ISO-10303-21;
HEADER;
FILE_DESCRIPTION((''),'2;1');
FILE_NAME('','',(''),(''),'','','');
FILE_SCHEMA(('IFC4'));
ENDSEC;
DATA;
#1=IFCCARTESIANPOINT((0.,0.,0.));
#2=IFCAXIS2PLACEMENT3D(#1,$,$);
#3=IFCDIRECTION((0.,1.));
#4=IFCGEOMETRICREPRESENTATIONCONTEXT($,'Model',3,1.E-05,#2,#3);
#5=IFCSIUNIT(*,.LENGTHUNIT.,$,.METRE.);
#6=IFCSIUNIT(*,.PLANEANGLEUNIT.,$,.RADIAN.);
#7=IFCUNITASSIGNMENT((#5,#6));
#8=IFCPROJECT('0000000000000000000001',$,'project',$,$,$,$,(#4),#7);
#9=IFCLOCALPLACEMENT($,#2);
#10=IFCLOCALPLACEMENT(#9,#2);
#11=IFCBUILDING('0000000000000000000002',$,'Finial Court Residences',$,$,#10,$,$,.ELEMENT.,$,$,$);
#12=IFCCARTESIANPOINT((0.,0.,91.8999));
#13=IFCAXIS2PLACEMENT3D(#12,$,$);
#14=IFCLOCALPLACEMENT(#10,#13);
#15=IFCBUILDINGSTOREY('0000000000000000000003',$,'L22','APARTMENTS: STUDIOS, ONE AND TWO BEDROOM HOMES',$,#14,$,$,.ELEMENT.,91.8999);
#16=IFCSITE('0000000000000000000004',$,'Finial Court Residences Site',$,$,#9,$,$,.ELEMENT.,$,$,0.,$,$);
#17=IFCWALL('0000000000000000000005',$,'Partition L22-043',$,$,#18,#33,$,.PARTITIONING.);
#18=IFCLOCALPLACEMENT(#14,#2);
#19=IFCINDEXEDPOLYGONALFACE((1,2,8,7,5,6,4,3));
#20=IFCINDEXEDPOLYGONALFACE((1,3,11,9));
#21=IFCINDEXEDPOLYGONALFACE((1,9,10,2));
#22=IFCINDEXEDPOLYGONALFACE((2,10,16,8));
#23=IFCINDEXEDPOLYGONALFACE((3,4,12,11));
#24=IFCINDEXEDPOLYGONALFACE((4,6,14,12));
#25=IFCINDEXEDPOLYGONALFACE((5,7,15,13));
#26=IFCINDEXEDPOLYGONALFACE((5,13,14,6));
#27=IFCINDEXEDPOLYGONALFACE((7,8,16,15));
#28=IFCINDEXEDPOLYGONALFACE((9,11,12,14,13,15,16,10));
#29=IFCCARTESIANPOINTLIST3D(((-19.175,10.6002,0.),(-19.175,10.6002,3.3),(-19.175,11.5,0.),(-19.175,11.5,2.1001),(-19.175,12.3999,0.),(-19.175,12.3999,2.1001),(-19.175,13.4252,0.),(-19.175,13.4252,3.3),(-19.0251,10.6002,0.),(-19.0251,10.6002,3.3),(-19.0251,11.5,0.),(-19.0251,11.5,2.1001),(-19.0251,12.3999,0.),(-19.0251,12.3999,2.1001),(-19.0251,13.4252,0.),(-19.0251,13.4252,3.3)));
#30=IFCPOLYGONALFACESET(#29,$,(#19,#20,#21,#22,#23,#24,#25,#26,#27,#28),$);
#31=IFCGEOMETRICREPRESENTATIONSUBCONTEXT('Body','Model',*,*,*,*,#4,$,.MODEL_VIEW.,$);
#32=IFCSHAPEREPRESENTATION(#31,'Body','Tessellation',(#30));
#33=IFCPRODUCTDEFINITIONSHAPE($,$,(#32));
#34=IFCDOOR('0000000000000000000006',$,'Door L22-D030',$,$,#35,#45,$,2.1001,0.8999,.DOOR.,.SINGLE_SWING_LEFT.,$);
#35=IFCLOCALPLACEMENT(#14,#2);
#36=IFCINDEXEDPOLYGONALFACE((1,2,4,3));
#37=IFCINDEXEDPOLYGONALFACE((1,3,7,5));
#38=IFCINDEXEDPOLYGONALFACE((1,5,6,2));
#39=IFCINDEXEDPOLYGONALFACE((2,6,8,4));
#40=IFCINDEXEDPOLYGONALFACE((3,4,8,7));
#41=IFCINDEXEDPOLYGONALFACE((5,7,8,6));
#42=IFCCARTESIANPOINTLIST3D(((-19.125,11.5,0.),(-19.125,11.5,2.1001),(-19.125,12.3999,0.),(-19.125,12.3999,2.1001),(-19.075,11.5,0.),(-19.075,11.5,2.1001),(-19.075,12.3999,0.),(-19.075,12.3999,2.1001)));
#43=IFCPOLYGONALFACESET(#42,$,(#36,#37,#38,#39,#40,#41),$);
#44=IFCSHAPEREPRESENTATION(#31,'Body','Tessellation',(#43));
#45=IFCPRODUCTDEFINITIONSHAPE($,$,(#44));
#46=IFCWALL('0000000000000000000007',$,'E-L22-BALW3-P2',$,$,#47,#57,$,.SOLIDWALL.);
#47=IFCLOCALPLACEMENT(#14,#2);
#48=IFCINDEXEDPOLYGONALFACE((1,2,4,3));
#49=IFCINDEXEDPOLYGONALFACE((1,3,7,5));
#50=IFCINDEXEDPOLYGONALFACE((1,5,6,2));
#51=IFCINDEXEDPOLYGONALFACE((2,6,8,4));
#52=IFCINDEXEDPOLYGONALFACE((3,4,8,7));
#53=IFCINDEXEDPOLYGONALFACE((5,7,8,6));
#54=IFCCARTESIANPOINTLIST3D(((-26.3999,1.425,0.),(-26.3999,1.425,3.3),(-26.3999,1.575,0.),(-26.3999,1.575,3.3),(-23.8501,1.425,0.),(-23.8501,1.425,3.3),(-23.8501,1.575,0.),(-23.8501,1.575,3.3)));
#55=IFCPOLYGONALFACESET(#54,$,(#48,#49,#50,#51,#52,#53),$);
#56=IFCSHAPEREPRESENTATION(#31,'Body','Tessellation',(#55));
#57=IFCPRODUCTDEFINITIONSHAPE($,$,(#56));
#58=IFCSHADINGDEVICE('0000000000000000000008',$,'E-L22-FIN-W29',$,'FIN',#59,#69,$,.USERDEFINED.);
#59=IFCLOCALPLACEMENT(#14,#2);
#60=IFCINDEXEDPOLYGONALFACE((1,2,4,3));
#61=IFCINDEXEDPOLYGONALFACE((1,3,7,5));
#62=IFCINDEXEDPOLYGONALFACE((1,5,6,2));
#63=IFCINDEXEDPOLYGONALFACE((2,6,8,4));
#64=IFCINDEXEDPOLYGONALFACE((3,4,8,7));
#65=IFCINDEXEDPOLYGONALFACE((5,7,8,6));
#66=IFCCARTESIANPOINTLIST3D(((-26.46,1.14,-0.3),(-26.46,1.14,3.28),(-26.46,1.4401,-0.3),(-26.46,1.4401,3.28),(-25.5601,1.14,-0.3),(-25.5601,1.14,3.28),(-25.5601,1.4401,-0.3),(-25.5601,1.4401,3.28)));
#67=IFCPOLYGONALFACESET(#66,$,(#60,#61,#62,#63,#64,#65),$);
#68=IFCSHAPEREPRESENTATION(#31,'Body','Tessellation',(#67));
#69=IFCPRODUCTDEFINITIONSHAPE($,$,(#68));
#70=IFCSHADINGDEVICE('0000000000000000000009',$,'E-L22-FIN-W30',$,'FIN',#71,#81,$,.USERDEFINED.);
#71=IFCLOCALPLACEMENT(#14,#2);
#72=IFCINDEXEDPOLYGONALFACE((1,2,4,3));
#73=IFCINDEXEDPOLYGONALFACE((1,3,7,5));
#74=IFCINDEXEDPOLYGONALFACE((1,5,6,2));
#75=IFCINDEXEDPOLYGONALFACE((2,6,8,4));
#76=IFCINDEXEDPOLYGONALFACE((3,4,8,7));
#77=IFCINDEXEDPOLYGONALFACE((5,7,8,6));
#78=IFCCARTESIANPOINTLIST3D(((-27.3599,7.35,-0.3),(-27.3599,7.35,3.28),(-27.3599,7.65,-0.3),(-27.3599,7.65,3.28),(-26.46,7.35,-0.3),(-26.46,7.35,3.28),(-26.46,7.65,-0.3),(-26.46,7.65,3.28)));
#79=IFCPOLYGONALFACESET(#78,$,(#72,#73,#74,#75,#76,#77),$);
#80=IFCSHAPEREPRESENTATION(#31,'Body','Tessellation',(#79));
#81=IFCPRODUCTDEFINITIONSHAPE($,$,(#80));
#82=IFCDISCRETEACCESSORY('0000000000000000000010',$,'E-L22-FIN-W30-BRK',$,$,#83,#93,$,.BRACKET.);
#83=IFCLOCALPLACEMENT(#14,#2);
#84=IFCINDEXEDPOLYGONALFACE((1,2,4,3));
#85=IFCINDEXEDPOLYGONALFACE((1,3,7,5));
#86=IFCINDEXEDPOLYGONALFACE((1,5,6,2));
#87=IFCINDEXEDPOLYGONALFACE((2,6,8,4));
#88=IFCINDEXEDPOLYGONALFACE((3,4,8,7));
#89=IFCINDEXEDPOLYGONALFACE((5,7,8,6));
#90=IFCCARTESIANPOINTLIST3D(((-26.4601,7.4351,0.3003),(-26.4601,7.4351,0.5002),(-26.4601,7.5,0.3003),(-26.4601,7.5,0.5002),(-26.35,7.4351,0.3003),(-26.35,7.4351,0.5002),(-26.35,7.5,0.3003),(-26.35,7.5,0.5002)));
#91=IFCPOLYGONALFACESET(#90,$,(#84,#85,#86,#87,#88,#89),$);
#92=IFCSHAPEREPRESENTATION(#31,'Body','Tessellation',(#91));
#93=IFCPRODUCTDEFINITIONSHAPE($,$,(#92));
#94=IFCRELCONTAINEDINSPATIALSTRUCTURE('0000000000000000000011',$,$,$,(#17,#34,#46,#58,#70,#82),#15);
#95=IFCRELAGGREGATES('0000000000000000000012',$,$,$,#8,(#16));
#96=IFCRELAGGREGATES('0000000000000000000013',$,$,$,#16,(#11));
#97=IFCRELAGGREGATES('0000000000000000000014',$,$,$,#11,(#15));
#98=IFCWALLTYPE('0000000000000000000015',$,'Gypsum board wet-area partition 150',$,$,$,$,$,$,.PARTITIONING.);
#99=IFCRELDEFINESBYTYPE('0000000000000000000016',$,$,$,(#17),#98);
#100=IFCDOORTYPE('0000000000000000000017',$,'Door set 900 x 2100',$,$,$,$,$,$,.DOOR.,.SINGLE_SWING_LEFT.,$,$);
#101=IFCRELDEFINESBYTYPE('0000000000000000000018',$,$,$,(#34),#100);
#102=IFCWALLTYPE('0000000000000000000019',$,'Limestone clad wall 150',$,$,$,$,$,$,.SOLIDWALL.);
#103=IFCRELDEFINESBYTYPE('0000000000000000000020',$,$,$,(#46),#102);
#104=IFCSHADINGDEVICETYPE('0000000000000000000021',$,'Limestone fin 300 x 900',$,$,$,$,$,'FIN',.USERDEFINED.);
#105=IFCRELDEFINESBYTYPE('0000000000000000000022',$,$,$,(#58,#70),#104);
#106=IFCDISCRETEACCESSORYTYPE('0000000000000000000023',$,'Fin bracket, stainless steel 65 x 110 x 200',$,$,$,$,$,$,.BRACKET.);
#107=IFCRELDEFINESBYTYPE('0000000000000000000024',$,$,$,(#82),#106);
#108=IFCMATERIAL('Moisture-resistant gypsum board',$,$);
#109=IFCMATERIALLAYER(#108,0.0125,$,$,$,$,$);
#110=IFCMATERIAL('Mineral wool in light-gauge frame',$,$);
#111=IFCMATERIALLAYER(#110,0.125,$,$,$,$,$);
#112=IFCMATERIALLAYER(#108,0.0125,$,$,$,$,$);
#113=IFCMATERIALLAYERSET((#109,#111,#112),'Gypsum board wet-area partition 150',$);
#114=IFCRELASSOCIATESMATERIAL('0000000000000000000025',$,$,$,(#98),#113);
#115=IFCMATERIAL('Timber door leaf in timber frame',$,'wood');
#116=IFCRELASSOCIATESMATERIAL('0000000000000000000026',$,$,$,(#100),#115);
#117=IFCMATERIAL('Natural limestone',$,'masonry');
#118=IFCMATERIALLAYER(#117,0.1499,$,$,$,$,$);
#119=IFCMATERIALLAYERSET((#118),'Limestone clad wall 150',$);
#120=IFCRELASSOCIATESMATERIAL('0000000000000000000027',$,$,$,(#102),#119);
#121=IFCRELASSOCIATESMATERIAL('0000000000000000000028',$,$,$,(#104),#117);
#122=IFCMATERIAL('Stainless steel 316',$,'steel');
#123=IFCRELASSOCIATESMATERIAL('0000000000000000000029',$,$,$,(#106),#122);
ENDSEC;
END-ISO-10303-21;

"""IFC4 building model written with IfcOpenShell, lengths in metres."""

from ifc_helpers import new_model, si_unit, direction, frame, frame_2d, origin, origin_2d, place, context, subcontext, project, spatial, rectangle, extrude, material, layer, layer_set, type_object, element, fill, save


model = new_model("IFC4")

# Units and contexts
model_context = context("Model", 3, precision=1e-05, world=origin(), true_north=direction((0.0, 1.0)))
body_context = subcontext(model_context, "Body", "Model", "MODEL_VIEW")
ifc_project = project(units=[si_unit("LENGTHUNIT", "METRE"), si_unit("PLANEANGLEUNIT", "RADIAN")], contexts=[model_context])

# Site, building, storey
site_placement = place(None, origin())
site = spatial("IfcSite", under=ifc_project, at=site_placement, Name="Finial Court Residences Site", CompositionType="ELEMENT", RefElevation=0.0)
building_placement = place(site_placement, origin())
building = spatial("IfcBuilding", under=site, at=building_placement, Name="Finial Court Residences", CompositionType="ELEMENT")
storey_placement = place(building_placement, frame((0.0, 0.0, 91.8999)))
storey = spatial("IfcBuildingStorey", under=building, at=storey_placement, Name="L22", Description="APARTMENTS: STUDIOS, ONE AND TWO BEDROOM HOMES", CompositionType="ELEMENT", Elevation=91.8999)

# Shared definitions
ifc_material_1 = material(Name="Mineral wool in light-gauge frame")

# Shared definitions
ifc_material_2 = material(Name="Moisture-resistant gypsum board")
ifc_layer_1 = layer(ifc_material_2, 0.0125)
ifc_layer_2 = layer(ifc_material_1, 0.125)
ifc_layer_3 = layer(ifc_material_2, 0.0125)
ifc_layer_set_1 = layer_set([ifc_layer_1, ifc_layer_2, ifc_layer_3], Name="Gypsum board wet-area partition 150")
wall_type_1 = type_object("IfcWallType", Name="Gypsum board wet-area partition 150", PredefinedType="PARTITIONING", material=ifc_layer_set_1)
ifc_material_3 = material(Name="Timber door leaf in timber frame", Category="wood")
door_type_1 = type_object("IfcDoorType", Name="Door set 900 x 2100", OperationType="SINGLE_SWING_LEFT", PredefinedType="DOOR", material=ifc_material_3)

# Wall, opening, door
wall_1_placement = place(storey_placement, frame((-19.1001, 10.6001, 0.0), z_axis=(0.0, 0.0, 1.0), x_axis=(0.0, 1.0, 0.0)))
wall_1 = element("IfcWall", 1, at=wall_1_placement, inside=storey, type_object=wall_type_1, Name="Partition L22-043", PredefinedType="PARTITIONING", context=body_context, shape_type="SweptSolid", body=[
    extrude(rectangle(XDim=2.825, YDim=0.1499, at=frame_2d((1.4126, 0.0))), origin(), (0.0, 0.0, 1.0), 3.3),
])
opening_1_placement = place(wall_1_placement, frame((0.8999, 0.0, 0.0)))
opening_1 = element("IfcOpeningElement", 2, at=opening_1_placement, cuts=wall_1, PredefinedType="OPENING", context=body_context, shape_type="SweptSolid", body=[
    extrude(rectangle(XDim=0.8999, YDim=2.1001, at=frame_2d((0.45, 1.05))), frame((0.0, 0.085, 0.0), z_axis=(0.0, -1.0, 0.0), x_axis=(1.0, 0.0, 0.0)), (0.0, 0.0, 1.0), 0.1699),
])
door_1_placement = place(opening_1_placement, origin())
door_1 = element("IfcDoor", 3, at=door_1_placement, inside=storey, type_object=door_type_1, Name="Door L22-D030", OperationType="SINGLE_SWING_LEFT", OverallHeight=2.1001, OverallWidth=0.8999, PredefinedType="DOOR", context=body_context, shape_type="SweptSolid", body=[
    extrude(rectangle(XDim=0.8999, YDim=2.1001, at=frame_2d((0.45, 1.05))), frame((0.0, 0.0249, 0.0), z_axis=(0.0, -1.0, 0.0), x_axis=(1.0, 0.0, 0.0)), (0.0, 0.0, 1.0), 0.05),
])
fill(opening_1, door_1)

# Wall
ifc_material_4 = material(Name="Natural limestone", Category="masonry")
ifc_layer_4 = layer(ifc_material_4, 0.1499)
ifc_layer_set_2 = layer_set([ifc_layer_4], Name="Limestone clad wall 150")
wall_type_2 = type_object("IfcWallType", Name="Limestone clad wall 150", PredefinedType="SOLIDWALL", material=ifc_layer_set_2)
wall_2_placement = place(storey_placement, frame((-23.8501, 1.5, 0.0), z_axis=(0.0, 0.0, 1.0), x_axis=(-1.0, 0.0, 0.0)))
element("IfcWall", 4, at=wall_2_placement, inside=storey, type_object=wall_type_2, Name="E-L22-BALW3-P2", PredefinedType="SOLIDWALL", context=body_context, shape_type="SweptSolid", body=[
    extrude(rectangle(XDim=2.5498, YDim=0.1499, at=frame_2d((1.2749, 0.0))), origin(), (0.0, 0.0, 1.0), 3.3),
])

# Shading devices
shading_device_type = type_object("IfcShadingDeviceType", Name="Limestone fin 300 x 900", ElementType="FIN", PredefinedType="USERDEFINED", material=ifc_material_4)
for number, where, z_axis, x_axis, name in (
    (5, (-26.01, 1.29, -0.3), (0.0, 0.0, 1.0), (1.0, 0.0, 0.0), "E-L22-FIN-W29"),
    (6, (-26.9099, 7.5, -0.3), (0.0, 0.0, 1.0), (1.0, 0.0, 0.0), "E-L22-FIN-W30"),
):
    element("IfcShadingDevice", number, at=place(storey_placement, frame(where, z_axis=z_axis, x_axis=x_axis)), inside=storey, type_object=shading_device_type, Name=name, ObjectType="FIN", PredefinedType="USERDEFINED", context=body_context, shape_type="SweptSolid", body=[
        extrude(rectangle(XDim=0.8999, YDim=0.3, at=origin_2d()), origin(), (0.0, 0.0, 1.0), 3.5801),
    ])

# Discrete accessory
ifc_material_5 = material(Name="Stainless steel 316", Category="steel")
discrete_accessory_type = type_object("IfcDiscreteAccessoryType", Name="Fin bracket, stainless steel 65 x 110 x 200", PredefinedType="BRACKET", material=ifc_material_5)
discrete_accessory_placement = place(storey_placement, frame((-26.405, 7.4675, 0.3003), z_axis=(0.0, 0.0, 1.0), x_axis=(1.0, 0.0, 0.0)))
element("IfcDiscreteAccessory", 7, at=discrete_accessory_placement, inside=storey, type_object=discrete_accessory_type, Name="E-L22-FIN-W30-BRK", PredefinedType="BRACKET", context=body_context, shape_type="SweptSolid", body=[
    extrude(rectangle(XDim=0.1101, YDim=0.0649, at=origin_2d()), origin(), (0.0, 0.0, 1.0), 0.2),
])

save(model, "model.ifc")
